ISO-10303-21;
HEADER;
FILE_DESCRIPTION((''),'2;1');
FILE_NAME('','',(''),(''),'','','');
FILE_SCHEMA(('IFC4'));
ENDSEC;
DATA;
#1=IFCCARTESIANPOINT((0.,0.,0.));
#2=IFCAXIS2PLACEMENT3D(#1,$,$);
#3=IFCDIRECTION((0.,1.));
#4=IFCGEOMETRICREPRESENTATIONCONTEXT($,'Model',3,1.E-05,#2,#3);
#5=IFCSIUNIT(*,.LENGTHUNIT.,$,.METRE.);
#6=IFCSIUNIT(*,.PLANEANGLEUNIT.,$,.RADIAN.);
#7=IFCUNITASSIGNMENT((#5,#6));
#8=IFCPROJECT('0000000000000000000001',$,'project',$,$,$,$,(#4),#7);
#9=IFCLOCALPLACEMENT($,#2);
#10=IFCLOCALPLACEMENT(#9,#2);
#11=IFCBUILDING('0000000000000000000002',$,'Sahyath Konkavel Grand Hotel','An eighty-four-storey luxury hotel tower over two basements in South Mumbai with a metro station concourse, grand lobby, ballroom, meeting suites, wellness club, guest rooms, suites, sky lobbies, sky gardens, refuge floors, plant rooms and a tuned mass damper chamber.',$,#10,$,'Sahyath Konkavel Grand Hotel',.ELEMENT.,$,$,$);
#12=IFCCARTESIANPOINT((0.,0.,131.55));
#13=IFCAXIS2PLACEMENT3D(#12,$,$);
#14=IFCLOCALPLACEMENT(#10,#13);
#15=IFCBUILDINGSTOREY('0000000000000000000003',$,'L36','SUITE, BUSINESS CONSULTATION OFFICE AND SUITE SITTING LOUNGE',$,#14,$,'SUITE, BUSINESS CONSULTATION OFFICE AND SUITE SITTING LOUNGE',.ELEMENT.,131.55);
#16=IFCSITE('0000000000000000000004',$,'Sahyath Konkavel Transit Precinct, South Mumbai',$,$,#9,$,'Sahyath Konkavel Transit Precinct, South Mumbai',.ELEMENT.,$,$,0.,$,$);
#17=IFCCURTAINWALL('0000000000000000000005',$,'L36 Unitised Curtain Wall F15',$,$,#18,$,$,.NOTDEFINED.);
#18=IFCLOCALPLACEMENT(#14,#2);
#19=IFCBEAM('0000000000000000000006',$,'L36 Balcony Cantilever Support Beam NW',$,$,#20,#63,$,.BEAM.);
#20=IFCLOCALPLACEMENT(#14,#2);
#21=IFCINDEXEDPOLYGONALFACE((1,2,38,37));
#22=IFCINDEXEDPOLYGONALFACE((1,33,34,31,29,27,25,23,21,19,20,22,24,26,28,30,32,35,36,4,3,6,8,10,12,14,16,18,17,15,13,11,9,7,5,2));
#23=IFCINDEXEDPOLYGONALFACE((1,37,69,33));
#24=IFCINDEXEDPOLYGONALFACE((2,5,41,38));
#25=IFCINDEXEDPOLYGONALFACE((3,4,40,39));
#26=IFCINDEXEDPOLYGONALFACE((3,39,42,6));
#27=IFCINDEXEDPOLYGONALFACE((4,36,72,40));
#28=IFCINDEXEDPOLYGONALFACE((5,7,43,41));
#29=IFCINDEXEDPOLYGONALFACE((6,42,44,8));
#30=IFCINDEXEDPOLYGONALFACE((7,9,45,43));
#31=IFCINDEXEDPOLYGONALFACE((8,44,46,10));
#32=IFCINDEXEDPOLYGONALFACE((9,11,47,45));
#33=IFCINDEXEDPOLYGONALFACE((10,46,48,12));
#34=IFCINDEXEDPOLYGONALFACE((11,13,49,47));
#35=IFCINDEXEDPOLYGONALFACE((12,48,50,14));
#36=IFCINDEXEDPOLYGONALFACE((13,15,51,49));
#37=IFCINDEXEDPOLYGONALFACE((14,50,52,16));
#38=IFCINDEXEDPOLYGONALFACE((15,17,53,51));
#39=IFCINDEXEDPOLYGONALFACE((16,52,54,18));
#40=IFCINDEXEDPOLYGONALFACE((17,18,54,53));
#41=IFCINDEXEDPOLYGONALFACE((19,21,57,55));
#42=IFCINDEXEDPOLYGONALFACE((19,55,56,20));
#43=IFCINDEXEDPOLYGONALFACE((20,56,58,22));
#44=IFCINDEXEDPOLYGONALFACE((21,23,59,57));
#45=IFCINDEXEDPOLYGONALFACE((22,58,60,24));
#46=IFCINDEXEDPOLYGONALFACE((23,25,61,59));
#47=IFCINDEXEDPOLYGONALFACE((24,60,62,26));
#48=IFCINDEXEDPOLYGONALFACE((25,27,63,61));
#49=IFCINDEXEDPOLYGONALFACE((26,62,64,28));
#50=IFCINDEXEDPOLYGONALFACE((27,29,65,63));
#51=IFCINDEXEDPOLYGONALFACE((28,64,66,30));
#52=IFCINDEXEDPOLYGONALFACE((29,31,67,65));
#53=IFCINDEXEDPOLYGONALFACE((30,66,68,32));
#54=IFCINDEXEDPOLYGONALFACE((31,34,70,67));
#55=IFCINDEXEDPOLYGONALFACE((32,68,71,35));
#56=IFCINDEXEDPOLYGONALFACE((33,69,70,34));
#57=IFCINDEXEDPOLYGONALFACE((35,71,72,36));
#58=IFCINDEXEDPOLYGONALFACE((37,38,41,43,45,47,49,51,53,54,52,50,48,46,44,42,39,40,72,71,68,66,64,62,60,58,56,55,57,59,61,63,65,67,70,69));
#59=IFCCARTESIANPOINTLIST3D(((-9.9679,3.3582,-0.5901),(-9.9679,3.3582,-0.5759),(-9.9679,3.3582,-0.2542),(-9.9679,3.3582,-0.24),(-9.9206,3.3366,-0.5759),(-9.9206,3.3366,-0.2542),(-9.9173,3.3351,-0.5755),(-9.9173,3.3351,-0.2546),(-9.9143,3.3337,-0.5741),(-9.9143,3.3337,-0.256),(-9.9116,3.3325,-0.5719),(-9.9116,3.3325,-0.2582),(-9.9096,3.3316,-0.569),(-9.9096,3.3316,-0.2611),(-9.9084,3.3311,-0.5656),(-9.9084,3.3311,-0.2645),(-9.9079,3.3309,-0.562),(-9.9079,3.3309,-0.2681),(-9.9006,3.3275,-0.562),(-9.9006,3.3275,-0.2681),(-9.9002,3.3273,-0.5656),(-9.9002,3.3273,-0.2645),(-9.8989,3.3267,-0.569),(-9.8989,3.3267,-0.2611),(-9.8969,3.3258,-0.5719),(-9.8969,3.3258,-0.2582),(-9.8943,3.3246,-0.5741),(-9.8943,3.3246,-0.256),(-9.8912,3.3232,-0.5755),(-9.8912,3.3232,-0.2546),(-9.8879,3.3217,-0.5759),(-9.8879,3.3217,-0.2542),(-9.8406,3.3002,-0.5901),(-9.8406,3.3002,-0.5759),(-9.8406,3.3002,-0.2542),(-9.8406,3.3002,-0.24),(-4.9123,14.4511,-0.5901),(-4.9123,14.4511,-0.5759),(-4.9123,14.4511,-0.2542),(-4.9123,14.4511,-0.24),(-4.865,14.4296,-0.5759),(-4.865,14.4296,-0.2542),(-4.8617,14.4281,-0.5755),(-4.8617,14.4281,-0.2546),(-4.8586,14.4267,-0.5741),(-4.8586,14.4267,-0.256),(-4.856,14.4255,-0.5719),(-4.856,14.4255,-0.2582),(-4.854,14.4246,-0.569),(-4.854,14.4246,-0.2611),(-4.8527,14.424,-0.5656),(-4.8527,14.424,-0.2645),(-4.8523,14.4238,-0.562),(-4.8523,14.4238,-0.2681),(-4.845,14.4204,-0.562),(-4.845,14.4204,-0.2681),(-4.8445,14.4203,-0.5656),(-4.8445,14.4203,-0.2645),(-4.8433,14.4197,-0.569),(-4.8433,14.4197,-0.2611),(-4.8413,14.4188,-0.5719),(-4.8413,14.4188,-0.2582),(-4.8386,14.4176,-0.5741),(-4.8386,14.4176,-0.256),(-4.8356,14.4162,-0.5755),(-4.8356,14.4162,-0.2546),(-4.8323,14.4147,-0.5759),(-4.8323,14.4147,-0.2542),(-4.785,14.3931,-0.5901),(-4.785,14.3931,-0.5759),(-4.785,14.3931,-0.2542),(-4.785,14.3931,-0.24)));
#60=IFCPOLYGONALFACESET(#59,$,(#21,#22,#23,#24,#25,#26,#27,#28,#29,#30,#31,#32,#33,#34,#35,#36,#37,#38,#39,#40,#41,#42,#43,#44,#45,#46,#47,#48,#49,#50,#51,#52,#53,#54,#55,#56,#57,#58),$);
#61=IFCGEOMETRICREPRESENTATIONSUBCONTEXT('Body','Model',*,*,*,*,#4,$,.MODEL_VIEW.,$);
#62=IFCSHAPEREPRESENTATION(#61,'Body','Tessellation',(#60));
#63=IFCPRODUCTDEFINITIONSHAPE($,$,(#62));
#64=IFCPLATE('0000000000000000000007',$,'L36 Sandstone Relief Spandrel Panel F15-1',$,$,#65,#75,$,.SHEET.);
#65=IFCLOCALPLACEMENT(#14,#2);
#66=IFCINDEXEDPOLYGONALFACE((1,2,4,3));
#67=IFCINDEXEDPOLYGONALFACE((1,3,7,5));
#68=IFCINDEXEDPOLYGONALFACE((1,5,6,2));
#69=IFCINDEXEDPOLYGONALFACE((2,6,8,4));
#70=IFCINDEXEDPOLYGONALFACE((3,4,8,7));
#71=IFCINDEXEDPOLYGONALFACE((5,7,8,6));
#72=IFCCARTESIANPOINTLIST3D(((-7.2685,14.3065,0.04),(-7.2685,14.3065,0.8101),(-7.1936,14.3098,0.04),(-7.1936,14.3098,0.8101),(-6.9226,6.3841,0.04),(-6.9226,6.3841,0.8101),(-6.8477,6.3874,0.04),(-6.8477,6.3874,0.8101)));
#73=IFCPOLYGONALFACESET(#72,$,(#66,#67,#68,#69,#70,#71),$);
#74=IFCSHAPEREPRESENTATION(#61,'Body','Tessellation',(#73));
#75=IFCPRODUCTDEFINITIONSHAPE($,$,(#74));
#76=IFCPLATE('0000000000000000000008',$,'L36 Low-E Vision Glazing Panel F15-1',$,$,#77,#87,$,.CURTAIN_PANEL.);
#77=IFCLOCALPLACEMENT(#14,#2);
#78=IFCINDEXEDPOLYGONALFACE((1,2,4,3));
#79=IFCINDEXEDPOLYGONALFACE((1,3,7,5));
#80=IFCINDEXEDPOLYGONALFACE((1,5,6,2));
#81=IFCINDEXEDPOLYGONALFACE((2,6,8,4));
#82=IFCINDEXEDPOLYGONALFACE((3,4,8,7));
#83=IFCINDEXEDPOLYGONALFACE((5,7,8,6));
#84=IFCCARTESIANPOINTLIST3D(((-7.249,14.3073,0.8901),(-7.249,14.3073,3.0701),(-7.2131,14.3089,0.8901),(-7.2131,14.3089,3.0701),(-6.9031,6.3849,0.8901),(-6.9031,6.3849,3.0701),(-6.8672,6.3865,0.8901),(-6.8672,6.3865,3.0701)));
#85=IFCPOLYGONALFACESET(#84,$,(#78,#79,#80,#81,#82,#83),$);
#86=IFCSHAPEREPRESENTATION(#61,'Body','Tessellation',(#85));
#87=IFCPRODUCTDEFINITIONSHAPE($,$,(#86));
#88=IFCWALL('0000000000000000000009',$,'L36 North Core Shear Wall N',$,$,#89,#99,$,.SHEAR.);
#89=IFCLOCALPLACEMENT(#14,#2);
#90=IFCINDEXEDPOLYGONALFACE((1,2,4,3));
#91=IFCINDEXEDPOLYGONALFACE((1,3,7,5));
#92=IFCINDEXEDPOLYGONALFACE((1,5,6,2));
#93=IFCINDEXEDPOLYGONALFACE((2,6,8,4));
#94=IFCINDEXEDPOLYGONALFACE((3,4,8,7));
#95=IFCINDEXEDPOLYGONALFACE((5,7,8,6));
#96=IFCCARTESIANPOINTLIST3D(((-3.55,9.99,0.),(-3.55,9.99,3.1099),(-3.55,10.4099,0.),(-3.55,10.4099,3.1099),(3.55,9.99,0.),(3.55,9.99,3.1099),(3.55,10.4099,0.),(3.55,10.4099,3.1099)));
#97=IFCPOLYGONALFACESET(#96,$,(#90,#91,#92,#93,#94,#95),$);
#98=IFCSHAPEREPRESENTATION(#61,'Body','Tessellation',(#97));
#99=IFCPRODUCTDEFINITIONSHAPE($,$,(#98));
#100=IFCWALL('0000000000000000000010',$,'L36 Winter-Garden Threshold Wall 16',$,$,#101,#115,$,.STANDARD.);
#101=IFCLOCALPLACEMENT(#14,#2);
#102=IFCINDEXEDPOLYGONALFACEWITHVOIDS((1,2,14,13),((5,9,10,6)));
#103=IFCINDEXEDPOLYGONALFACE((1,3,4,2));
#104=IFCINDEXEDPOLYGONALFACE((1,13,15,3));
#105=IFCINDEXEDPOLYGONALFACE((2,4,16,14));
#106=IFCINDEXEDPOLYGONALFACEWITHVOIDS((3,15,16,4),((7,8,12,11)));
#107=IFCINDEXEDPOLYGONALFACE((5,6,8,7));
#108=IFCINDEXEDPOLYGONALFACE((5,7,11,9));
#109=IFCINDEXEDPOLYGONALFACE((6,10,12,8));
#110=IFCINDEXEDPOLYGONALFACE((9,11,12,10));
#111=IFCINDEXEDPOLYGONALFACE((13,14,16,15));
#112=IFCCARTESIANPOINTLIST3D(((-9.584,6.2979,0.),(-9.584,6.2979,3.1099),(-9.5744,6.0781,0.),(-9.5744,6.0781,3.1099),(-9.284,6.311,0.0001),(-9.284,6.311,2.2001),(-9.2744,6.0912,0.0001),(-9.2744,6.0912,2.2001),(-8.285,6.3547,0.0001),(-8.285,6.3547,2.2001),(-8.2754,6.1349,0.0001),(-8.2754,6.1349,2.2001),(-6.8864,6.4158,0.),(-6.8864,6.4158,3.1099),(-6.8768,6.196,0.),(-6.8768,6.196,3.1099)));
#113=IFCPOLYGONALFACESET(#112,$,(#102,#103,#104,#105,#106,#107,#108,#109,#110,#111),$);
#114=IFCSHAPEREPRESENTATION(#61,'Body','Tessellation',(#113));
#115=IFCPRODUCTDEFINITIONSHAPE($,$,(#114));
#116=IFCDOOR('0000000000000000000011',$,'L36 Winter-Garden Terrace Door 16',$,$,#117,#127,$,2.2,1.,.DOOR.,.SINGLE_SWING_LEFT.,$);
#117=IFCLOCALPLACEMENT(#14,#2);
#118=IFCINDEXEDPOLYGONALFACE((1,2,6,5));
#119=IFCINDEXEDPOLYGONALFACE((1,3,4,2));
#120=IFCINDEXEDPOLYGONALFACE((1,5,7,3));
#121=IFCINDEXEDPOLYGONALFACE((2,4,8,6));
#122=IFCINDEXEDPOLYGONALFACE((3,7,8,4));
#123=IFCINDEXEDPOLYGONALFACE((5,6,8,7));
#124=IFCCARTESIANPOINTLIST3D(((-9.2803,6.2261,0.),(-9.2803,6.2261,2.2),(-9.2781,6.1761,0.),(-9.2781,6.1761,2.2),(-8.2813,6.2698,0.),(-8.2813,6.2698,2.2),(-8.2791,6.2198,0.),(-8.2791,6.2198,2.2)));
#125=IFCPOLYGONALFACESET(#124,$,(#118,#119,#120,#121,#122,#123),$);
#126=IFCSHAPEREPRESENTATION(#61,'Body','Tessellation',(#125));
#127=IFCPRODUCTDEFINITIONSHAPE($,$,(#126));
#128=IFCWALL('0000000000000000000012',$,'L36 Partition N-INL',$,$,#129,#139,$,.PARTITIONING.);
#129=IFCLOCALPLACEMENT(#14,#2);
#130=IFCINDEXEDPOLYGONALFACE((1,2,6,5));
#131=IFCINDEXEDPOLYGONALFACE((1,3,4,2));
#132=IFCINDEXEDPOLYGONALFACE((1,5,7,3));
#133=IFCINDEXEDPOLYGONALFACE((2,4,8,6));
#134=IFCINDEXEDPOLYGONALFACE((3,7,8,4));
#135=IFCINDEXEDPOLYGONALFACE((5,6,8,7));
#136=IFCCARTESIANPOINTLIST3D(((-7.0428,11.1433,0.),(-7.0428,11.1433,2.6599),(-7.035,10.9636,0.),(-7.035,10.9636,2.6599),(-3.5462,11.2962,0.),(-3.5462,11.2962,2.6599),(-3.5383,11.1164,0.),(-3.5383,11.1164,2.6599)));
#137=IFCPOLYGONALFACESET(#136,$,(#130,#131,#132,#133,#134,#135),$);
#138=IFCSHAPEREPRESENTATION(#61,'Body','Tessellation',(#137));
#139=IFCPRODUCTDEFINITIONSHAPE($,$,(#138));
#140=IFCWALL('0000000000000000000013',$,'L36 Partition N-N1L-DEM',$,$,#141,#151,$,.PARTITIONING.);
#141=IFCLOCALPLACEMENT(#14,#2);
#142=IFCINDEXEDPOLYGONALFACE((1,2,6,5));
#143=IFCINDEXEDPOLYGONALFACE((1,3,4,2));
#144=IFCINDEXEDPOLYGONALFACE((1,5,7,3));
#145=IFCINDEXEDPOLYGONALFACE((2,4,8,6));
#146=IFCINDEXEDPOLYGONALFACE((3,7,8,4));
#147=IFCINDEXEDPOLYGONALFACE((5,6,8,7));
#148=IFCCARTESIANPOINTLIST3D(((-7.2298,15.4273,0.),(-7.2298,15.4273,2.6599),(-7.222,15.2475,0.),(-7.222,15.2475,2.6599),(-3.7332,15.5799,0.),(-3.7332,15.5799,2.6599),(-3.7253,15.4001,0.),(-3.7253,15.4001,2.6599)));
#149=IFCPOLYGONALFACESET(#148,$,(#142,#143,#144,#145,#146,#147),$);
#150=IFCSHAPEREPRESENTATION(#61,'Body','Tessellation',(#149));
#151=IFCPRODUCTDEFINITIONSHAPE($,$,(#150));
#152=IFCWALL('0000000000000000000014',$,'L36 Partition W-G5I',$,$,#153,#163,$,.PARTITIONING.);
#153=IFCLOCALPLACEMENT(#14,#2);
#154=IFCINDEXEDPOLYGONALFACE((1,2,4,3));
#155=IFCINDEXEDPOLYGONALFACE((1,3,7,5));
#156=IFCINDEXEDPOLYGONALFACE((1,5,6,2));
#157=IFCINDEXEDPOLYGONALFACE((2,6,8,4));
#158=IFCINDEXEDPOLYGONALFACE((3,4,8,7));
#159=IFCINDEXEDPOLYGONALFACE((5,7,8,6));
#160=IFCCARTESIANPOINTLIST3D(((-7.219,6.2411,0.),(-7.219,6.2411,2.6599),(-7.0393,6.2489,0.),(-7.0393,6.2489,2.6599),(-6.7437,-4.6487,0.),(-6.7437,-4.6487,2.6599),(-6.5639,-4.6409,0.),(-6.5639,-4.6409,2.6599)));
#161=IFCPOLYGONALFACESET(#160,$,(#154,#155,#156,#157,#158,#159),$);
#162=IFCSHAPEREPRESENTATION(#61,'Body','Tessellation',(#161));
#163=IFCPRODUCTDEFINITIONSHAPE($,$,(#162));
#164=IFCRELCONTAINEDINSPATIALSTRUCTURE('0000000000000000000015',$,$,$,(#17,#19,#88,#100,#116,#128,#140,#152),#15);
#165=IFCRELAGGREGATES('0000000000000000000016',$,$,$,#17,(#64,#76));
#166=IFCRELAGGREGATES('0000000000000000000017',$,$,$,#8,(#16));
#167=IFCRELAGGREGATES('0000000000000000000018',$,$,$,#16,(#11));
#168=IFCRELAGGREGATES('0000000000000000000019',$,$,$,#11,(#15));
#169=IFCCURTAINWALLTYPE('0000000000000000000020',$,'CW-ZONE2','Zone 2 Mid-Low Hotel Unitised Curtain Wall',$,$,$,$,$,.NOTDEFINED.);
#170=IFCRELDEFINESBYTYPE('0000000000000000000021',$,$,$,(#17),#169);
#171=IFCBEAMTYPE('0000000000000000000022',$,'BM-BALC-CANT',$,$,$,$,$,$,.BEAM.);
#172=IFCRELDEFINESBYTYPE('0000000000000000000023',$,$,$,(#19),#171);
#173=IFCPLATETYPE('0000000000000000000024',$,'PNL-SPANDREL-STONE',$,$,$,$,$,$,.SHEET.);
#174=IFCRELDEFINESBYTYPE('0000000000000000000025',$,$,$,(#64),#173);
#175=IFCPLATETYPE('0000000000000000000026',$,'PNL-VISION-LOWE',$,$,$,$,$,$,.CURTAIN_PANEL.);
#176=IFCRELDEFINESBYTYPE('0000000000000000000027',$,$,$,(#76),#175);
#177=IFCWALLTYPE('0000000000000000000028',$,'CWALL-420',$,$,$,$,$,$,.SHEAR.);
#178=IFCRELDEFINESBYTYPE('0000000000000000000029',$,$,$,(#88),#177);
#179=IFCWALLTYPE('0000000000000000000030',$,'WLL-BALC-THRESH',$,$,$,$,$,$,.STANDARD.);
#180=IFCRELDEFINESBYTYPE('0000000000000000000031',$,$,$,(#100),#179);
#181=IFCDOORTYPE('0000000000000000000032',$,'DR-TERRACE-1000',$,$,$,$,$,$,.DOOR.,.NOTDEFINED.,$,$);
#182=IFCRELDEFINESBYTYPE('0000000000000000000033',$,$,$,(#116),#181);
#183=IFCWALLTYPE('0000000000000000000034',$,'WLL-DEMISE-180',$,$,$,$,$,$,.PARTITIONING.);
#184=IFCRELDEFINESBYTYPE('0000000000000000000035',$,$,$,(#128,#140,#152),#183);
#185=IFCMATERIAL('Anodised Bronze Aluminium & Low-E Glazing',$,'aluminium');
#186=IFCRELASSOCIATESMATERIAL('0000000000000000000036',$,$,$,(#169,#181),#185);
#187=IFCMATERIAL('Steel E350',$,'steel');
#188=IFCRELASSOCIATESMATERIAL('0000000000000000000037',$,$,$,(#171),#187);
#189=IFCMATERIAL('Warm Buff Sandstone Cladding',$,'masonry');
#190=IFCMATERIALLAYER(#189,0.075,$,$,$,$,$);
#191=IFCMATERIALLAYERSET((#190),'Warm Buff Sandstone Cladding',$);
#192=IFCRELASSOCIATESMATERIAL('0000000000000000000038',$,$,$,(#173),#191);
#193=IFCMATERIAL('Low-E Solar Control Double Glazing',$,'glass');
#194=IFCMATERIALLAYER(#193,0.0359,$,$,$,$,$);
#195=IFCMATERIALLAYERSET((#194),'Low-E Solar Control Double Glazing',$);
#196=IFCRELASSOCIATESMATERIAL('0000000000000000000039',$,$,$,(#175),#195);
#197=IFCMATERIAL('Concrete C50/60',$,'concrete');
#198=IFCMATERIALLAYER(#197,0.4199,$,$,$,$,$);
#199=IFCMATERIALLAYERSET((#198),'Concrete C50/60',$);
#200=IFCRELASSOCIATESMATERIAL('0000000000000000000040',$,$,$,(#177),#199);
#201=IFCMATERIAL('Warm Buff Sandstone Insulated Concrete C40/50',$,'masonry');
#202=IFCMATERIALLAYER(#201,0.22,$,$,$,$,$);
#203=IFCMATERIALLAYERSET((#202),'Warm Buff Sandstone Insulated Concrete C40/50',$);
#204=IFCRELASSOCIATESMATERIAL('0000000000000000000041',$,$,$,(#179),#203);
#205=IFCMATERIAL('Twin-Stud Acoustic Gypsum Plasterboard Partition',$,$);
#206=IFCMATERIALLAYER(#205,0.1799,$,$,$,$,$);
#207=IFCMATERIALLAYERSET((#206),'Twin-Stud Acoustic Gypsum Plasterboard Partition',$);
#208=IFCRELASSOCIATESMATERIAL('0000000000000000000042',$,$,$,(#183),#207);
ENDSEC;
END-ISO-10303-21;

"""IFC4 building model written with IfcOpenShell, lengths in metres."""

from ifc_helpers import new_model, si_unit, direction, frame, frame_2d, origin, origin_2d, place, context, subcontext, project, spatial, rectangle, i_section, extrude, source, transform, mapped, material, layer, layer_set, material_profile, profile_set, type_object, element, fill, aggregate, save


model = new_model("IFC4")

# Units and contexts
model_context = context("Model", 3, precision=1e-05, world=origin(), true_north=direction((0.0, 1.0)))
body_context = subcontext(model_context, "Body", "Model", "MODEL_VIEW")
ifc_project = project(units=[si_unit("LENGTHUNIT", "METRE"), si_unit("PLANEANGLEUNIT", "RADIAN")], contexts=[model_context])

# Site, building, storey
site_placement = place(None, origin())
site = spatial("IfcSite", under=ifc_project, at=site_placement, Name="Sahyath Konkavel Transit Precinct, South Mumbai", LongName="Sahyath Konkavel Transit Precinct, South Mumbai", CompositionType="ELEMENT", RefElevation=0.0)
building_placement = place(site_placement, origin())
building = spatial("IfcBuilding", under=site, at=building_placement, Name="Sahyath Konkavel Grand Hotel", Description="An eighty-four-storey luxury hotel tower over two basements in South Mumbai with a metro station concourse, grand lobby, ballroom, meeting suites, wellness club, guest rooms, suites, sky lobbies, sky gardens, refuge floors, plant rooms and a tuned mass damper chamber.", LongName="Sahyath Konkavel Grand Hotel", CompositionType="ELEMENT")
storey_placement = place(building_placement, frame((0.0, 0.0, 131.55)))
storey = spatial("IfcBuildingStorey", under=building, at=storey_placement, Name="L36", Description="SUITE, BUSINESS CONSULTATION OFFICE AND SUITE SITTING LOUNGE", LongName="SUITE, BUSINESS CONSULTATION OFFICE AND SUITE SITTING LOUNGE", CompositionType="ELEMENT", Elevation=131.55)

# Shared definitions
ifc_material_1 = material(Name="Steel E350", Category="steel")

# Curtain wall
ifc_material_2 = material(Name="Anodised Bronze Aluminium & Low-E Glazing", Category="aluminium")
curtain_wall_type = type_object("IfcCurtainWallType", Name="CW-ZONE2", Description="Zone 2 Mid-Low Hotel Unitised Curtain Wall", PredefinedType="NOTDEFINED", material=ifc_material_2)
curtain_wall_1_placement = place(storey_placement, origin())
curtain_wall_1 = element("IfcCurtainWall", 1, at=curtain_wall_1_placement, inside=storey, type_object=curtain_wall_type, Name="L36 Unitised Curtain Wall F15", PredefinedType="NOTDEFINED")

# Beam
ifc_material_profile_1 = material_profile(ifc_material_1, i_section(OverallWidth=0.1399, OverallDepth=0.3501, WebThickness=0.0081, FlangeThickness=0.0142, FilletRadius=0.0139, at=origin_2d()), Name="ISMB 350")
ifc_profile_set_1 = profile_set([ifc_material_profile_1], Name="Steel E350")
beam_type_1 = type_object("IfcBeamType", Name="BM-BALC-CANT", PredefinedType="BEAM", material=ifc_profile_set_1)
shared_shape_1 = source(origin(), body_context, "Body", "SweptSolid", [
    extrude(i_section(OverallWidth=0.1399, OverallDepth=0.3501, WebThickness=0.0081, FlangeThickness=0.0142, FilletRadius=0.0139, at=origin_2d()), origin(), (0.0, 0.0, 1.0), 12.1907),
])
beam_1_placement = place(storey_placement, frame((-4.8486, 14.4221, -0.415), z_axis=(-0.414713, -0.909952, 0.0), x_axis=(0.909952, -0.414713, 0.0)))
element("IfcBeam", 2, at=beam_1_placement, inside=storey, type_object=beam_type_1, Name="L36 Balcony Cantilever Support Beam NW", PredefinedType="BEAM", context=body_context, shape_type="MappedRepresentation", body=[
    mapped(shared_shape_1, transform((0.0, 0.0, 0.0), scale=1.0)),
])

# Plates
ifc_material_3 = material(Name="Warm Buff Sandstone Cladding", Category="masonry")
ifc_layer_1 = layer(ifc_material_3, 0.075)
ifc_layer_set_1 = layer_set([ifc_layer_1], Name="Warm Buff Sandstone Cladding")
plate_type_1 = type_object("IfcPlateType", Name="PNL-SPANDREL-STONE", PredefinedType="SHEET", material=ifc_layer_set_1)
shared_shape_2 = source(origin(), body_context, "Body", "SweptSolid", [
    extrude(rectangle(XDim=7.9299, YDim=0.075, at=origin_2d()), origin(), (0.0, 0.0, 1.0), 0.77),
])
plate_1_placement = place(storey_placement, frame((-7.0581, 10.3469, 0.04), z_axis=(0.0, 0.0, 1.0), x_axis=(0.043619, -0.999048, 0.0)))
plate_1 = element("IfcPlate", 3, at=plate_1_placement, type_object=plate_type_1, Name="L36 Sandstone Relief Spandrel Panel F15-1", PredefinedType="SHEET", context=body_context, shape_type="MappedRepresentation", body=[
    mapped(shared_shape_2, transform((0.0, 0.0, 0.0), scale=1.0)),
])
ifc_material_4 = material(Name="Low-E Solar Control Double Glazing", Category="glass")
ifc_layer_2 = layer(ifc_material_4, 0.0359)
ifc_layer_set_2 = layer_set([ifc_layer_2], Name="Low-E Solar Control Double Glazing")
plate_type_2 = type_object("IfcPlateType", Name="PNL-VISION-LOWE", PredefinedType="CURTAIN_PANEL", material=ifc_layer_set_2)
shared_shape_3 = source(origin(), body_context, "Body", "SweptSolid", [
    extrude(rectangle(XDim=7.9299, YDim=0.0359, at=origin_2d()), origin(), (0.0, 0.0, 1.0), 2.1799),
])
plate_2_placement = place(storey_placement, frame((-7.0581, 10.3469, 0.8901), z_axis=(0.0, 0.0, 1.0), x_axis=(0.043619, -0.999048, 0.0)))
plate_2 = element("IfcPlate", 4, at=plate_2_placement, type_object=plate_type_2, Name="L36 Low-E Vision Glazing Panel F15-1", PredefinedType="CURTAIN_PANEL", context=body_context, shape_type="MappedRepresentation", body=[
    mapped(shared_shape_3, transform((0.0, 0.0, 0.0), scale=1.0)),
])
aggregate(curtain_wall_1, [plate_1, plate_2])

# Wall
ifc_material_5 = material(Name="Concrete C50/60", Category="concrete")
ifc_layer_3 = layer(ifc_material_5, 0.4199)
ifc_layer_set_3 = layer_set([ifc_layer_3], Name="Concrete C50/60")
wall_type_1 = type_object("IfcWallType", Name="CWALL-420", PredefinedType="SHEAR", material=ifc_layer_set_3)
wall_1_placement = place(storey_placement, frame((-3.55, 10.2, 0.0), z_axis=(0.0, 0.0, 1.0), x_axis=(1.0, 0.0, 0.0)))
element("IfcWall", 5, at=wall_1_placement, inside=storey, type_object=wall_type_1, Name="L36 North Core Shear Wall N", PredefinedType="SHEAR", context=body_context, shape_type="SweptSolid", body=[
    extrude(rectangle(XDim=7.1001, YDim=0.4199, at=frame_2d((3.55, 0.0))), origin(), (0.0, 0.0, 1.0), 3.1099),
])

# Wall, opening, door
ifc_material_6 = material(Name="Warm Buff Sandstone Insulated Concrete C40/50", Category="masonry")
ifc_layer_4 = layer(ifc_material_6, 0.22)
ifc_layer_set_4 = layer_set([ifc_layer_4], Name="Warm Buff Sandstone Insulated Concrete C40/50")
wall_type_2 = type_object("IfcWallType", Name="WLL-BALC-THRESH", PredefinedType="STANDARD", material=ifc_layer_set_4)
wall_2_placement = place(storey_placement, frame((-6.8816, 6.3059, 0.0), z_axis=(0.0, 0.0, 1.0), x_axis=(-0.999046, -0.043673, 0.0)))
wall_2 = element("IfcWall", 6, at=wall_2_placement, inside=storey, type_object=wall_type_2, Name="L36 Winter-Garden Threshold Wall 16", PredefinedType="STANDARD", context=body_context, shape_type="SweptSolid", body=[
    extrude(rectangle(XDim=2.7002, YDim=0.22, at=frame_2d((1.3501, 0.0))), origin(), (0.0, 0.0, 1.0), 3.1099),
])
opening_1_placement = place(wall_2_placement, frame((1.3999, 0.0, 0.0)))
opening_1 = element("IfcOpeningElement", 7, at=opening_1_placement, cuts=wall_2, PredefinedType="OPENING", context=body_context, shape_type="SweptSolid", body=[
    extrude(rectangle(XDim=1.0, YDim=2.2, at=frame_2d((0.5, 1.1001))), frame((0.0, 0.1201, 0.0), z_axis=(0.0, -1.0, 0.0), x_axis=(1.0, 0.0, 0.0)), (0.0, 0.0, 1.0), 0.24),
])
door_type_1 = type_object("IfcDoorType", Name="DR-TERRACE-1000", OperationType="NOTDEFINED", PredefinedType="DOOR", material=ifc_material_2)
shared_shape_4 = source(origin(), body_context, "Body", "SweptSolid", [
    extrude(rectangle(XDim=1.0, YDim=0.05, at=origin_2d()), origin(), (0.0, 0.0, 1.0), 2.2),
])
door_1_placement = place(opening_1_placement, frame((0.5, 0.0, 0.0)))
door_1 = element("IfcDoor", 8, at=door_1_placement, inside=storey, type_object=door_type_1, Name="L36 Winter-Garden Terrace Door 16", OperationType="SINGLE_SWING_LEFT", OverallHeight=2.2, OverallWidth=1.0, PredefinedType="DOOR", context=body_context, shape_type="MappedRepresentation", body=[
    mapped(shared_shape_4, transform((0.0, 0.0, 0.0), scale=1.0)),
])
fill(opening_1, door_1)

# Walls
ifc_material_7 = material(Name="Twin-Stud Acoustic Gypsum Plasterboard Partition")
ifc_layer_5 = layer(ifc_material_7, 0.1799)
ifc_layer_set_5 = layer_set([ifc_layer_5], Name="Twin-Stud Acoustic Gypsum Plasterboard Partition")
wall_type_3 = type_object("IfcWallType", Name="WLL-DEMISE-180", PredefinedType="PARTITIONING", material=ifc_layer_set_5)
for number, where, z_axis, x_axis, name in (
    (9, (-3.5422, 11.2063, 0.0), (0.0, 0.0, 1.0), (-0.999046, -0.043667, 0.0), "L36 Partition N-INL"),
    (10, (-3.7292, 15.49, 0.0), (0.0, 0.0, 1.0), (-0.999049, -0.043598, 0.0), "L36 Partition N-N1L-DEM"),
):
    element("IfcWall", number, at=place(storey_placement, frame(where, z_axis=z_axis, x_axis=x_axis)), inside=storey, type_object=wall_type_3, Name=name, PredefinedType="PARTITIONING", context=body_context, shape_type="SweptSolid", body=[
        extrude(rectangle(XDim=3.5, YDim=0.1799, at=frame_2d((1.75, 0.0))), origin(), (0.0, 0.0, 1.0), 2.6599),
    ])
wall_3_placement = place(storey_placement, frame((-7.1292, 6.2451, 0.0), z_axis=(0.0, 0.0, 1.0), x_axis=(0.043608, -0.999049, 0.0)))
element("IfcWall", 11, at=wall_3_placement, inside=storey, type_object=wall_type_3, Name="L36 Partition W-G5I", PredefinedType="PARTITIONING", context=body_context, shape_type="SweptSolid", body=[
    extrude(rectangle(XDim=10.9001, YDim=0.1799, at=frame_2d((5.4502, 0.0))), origin(), (0.0, 0.0, 1.0), 2.6599),
])

save(model, "model.ifc")
